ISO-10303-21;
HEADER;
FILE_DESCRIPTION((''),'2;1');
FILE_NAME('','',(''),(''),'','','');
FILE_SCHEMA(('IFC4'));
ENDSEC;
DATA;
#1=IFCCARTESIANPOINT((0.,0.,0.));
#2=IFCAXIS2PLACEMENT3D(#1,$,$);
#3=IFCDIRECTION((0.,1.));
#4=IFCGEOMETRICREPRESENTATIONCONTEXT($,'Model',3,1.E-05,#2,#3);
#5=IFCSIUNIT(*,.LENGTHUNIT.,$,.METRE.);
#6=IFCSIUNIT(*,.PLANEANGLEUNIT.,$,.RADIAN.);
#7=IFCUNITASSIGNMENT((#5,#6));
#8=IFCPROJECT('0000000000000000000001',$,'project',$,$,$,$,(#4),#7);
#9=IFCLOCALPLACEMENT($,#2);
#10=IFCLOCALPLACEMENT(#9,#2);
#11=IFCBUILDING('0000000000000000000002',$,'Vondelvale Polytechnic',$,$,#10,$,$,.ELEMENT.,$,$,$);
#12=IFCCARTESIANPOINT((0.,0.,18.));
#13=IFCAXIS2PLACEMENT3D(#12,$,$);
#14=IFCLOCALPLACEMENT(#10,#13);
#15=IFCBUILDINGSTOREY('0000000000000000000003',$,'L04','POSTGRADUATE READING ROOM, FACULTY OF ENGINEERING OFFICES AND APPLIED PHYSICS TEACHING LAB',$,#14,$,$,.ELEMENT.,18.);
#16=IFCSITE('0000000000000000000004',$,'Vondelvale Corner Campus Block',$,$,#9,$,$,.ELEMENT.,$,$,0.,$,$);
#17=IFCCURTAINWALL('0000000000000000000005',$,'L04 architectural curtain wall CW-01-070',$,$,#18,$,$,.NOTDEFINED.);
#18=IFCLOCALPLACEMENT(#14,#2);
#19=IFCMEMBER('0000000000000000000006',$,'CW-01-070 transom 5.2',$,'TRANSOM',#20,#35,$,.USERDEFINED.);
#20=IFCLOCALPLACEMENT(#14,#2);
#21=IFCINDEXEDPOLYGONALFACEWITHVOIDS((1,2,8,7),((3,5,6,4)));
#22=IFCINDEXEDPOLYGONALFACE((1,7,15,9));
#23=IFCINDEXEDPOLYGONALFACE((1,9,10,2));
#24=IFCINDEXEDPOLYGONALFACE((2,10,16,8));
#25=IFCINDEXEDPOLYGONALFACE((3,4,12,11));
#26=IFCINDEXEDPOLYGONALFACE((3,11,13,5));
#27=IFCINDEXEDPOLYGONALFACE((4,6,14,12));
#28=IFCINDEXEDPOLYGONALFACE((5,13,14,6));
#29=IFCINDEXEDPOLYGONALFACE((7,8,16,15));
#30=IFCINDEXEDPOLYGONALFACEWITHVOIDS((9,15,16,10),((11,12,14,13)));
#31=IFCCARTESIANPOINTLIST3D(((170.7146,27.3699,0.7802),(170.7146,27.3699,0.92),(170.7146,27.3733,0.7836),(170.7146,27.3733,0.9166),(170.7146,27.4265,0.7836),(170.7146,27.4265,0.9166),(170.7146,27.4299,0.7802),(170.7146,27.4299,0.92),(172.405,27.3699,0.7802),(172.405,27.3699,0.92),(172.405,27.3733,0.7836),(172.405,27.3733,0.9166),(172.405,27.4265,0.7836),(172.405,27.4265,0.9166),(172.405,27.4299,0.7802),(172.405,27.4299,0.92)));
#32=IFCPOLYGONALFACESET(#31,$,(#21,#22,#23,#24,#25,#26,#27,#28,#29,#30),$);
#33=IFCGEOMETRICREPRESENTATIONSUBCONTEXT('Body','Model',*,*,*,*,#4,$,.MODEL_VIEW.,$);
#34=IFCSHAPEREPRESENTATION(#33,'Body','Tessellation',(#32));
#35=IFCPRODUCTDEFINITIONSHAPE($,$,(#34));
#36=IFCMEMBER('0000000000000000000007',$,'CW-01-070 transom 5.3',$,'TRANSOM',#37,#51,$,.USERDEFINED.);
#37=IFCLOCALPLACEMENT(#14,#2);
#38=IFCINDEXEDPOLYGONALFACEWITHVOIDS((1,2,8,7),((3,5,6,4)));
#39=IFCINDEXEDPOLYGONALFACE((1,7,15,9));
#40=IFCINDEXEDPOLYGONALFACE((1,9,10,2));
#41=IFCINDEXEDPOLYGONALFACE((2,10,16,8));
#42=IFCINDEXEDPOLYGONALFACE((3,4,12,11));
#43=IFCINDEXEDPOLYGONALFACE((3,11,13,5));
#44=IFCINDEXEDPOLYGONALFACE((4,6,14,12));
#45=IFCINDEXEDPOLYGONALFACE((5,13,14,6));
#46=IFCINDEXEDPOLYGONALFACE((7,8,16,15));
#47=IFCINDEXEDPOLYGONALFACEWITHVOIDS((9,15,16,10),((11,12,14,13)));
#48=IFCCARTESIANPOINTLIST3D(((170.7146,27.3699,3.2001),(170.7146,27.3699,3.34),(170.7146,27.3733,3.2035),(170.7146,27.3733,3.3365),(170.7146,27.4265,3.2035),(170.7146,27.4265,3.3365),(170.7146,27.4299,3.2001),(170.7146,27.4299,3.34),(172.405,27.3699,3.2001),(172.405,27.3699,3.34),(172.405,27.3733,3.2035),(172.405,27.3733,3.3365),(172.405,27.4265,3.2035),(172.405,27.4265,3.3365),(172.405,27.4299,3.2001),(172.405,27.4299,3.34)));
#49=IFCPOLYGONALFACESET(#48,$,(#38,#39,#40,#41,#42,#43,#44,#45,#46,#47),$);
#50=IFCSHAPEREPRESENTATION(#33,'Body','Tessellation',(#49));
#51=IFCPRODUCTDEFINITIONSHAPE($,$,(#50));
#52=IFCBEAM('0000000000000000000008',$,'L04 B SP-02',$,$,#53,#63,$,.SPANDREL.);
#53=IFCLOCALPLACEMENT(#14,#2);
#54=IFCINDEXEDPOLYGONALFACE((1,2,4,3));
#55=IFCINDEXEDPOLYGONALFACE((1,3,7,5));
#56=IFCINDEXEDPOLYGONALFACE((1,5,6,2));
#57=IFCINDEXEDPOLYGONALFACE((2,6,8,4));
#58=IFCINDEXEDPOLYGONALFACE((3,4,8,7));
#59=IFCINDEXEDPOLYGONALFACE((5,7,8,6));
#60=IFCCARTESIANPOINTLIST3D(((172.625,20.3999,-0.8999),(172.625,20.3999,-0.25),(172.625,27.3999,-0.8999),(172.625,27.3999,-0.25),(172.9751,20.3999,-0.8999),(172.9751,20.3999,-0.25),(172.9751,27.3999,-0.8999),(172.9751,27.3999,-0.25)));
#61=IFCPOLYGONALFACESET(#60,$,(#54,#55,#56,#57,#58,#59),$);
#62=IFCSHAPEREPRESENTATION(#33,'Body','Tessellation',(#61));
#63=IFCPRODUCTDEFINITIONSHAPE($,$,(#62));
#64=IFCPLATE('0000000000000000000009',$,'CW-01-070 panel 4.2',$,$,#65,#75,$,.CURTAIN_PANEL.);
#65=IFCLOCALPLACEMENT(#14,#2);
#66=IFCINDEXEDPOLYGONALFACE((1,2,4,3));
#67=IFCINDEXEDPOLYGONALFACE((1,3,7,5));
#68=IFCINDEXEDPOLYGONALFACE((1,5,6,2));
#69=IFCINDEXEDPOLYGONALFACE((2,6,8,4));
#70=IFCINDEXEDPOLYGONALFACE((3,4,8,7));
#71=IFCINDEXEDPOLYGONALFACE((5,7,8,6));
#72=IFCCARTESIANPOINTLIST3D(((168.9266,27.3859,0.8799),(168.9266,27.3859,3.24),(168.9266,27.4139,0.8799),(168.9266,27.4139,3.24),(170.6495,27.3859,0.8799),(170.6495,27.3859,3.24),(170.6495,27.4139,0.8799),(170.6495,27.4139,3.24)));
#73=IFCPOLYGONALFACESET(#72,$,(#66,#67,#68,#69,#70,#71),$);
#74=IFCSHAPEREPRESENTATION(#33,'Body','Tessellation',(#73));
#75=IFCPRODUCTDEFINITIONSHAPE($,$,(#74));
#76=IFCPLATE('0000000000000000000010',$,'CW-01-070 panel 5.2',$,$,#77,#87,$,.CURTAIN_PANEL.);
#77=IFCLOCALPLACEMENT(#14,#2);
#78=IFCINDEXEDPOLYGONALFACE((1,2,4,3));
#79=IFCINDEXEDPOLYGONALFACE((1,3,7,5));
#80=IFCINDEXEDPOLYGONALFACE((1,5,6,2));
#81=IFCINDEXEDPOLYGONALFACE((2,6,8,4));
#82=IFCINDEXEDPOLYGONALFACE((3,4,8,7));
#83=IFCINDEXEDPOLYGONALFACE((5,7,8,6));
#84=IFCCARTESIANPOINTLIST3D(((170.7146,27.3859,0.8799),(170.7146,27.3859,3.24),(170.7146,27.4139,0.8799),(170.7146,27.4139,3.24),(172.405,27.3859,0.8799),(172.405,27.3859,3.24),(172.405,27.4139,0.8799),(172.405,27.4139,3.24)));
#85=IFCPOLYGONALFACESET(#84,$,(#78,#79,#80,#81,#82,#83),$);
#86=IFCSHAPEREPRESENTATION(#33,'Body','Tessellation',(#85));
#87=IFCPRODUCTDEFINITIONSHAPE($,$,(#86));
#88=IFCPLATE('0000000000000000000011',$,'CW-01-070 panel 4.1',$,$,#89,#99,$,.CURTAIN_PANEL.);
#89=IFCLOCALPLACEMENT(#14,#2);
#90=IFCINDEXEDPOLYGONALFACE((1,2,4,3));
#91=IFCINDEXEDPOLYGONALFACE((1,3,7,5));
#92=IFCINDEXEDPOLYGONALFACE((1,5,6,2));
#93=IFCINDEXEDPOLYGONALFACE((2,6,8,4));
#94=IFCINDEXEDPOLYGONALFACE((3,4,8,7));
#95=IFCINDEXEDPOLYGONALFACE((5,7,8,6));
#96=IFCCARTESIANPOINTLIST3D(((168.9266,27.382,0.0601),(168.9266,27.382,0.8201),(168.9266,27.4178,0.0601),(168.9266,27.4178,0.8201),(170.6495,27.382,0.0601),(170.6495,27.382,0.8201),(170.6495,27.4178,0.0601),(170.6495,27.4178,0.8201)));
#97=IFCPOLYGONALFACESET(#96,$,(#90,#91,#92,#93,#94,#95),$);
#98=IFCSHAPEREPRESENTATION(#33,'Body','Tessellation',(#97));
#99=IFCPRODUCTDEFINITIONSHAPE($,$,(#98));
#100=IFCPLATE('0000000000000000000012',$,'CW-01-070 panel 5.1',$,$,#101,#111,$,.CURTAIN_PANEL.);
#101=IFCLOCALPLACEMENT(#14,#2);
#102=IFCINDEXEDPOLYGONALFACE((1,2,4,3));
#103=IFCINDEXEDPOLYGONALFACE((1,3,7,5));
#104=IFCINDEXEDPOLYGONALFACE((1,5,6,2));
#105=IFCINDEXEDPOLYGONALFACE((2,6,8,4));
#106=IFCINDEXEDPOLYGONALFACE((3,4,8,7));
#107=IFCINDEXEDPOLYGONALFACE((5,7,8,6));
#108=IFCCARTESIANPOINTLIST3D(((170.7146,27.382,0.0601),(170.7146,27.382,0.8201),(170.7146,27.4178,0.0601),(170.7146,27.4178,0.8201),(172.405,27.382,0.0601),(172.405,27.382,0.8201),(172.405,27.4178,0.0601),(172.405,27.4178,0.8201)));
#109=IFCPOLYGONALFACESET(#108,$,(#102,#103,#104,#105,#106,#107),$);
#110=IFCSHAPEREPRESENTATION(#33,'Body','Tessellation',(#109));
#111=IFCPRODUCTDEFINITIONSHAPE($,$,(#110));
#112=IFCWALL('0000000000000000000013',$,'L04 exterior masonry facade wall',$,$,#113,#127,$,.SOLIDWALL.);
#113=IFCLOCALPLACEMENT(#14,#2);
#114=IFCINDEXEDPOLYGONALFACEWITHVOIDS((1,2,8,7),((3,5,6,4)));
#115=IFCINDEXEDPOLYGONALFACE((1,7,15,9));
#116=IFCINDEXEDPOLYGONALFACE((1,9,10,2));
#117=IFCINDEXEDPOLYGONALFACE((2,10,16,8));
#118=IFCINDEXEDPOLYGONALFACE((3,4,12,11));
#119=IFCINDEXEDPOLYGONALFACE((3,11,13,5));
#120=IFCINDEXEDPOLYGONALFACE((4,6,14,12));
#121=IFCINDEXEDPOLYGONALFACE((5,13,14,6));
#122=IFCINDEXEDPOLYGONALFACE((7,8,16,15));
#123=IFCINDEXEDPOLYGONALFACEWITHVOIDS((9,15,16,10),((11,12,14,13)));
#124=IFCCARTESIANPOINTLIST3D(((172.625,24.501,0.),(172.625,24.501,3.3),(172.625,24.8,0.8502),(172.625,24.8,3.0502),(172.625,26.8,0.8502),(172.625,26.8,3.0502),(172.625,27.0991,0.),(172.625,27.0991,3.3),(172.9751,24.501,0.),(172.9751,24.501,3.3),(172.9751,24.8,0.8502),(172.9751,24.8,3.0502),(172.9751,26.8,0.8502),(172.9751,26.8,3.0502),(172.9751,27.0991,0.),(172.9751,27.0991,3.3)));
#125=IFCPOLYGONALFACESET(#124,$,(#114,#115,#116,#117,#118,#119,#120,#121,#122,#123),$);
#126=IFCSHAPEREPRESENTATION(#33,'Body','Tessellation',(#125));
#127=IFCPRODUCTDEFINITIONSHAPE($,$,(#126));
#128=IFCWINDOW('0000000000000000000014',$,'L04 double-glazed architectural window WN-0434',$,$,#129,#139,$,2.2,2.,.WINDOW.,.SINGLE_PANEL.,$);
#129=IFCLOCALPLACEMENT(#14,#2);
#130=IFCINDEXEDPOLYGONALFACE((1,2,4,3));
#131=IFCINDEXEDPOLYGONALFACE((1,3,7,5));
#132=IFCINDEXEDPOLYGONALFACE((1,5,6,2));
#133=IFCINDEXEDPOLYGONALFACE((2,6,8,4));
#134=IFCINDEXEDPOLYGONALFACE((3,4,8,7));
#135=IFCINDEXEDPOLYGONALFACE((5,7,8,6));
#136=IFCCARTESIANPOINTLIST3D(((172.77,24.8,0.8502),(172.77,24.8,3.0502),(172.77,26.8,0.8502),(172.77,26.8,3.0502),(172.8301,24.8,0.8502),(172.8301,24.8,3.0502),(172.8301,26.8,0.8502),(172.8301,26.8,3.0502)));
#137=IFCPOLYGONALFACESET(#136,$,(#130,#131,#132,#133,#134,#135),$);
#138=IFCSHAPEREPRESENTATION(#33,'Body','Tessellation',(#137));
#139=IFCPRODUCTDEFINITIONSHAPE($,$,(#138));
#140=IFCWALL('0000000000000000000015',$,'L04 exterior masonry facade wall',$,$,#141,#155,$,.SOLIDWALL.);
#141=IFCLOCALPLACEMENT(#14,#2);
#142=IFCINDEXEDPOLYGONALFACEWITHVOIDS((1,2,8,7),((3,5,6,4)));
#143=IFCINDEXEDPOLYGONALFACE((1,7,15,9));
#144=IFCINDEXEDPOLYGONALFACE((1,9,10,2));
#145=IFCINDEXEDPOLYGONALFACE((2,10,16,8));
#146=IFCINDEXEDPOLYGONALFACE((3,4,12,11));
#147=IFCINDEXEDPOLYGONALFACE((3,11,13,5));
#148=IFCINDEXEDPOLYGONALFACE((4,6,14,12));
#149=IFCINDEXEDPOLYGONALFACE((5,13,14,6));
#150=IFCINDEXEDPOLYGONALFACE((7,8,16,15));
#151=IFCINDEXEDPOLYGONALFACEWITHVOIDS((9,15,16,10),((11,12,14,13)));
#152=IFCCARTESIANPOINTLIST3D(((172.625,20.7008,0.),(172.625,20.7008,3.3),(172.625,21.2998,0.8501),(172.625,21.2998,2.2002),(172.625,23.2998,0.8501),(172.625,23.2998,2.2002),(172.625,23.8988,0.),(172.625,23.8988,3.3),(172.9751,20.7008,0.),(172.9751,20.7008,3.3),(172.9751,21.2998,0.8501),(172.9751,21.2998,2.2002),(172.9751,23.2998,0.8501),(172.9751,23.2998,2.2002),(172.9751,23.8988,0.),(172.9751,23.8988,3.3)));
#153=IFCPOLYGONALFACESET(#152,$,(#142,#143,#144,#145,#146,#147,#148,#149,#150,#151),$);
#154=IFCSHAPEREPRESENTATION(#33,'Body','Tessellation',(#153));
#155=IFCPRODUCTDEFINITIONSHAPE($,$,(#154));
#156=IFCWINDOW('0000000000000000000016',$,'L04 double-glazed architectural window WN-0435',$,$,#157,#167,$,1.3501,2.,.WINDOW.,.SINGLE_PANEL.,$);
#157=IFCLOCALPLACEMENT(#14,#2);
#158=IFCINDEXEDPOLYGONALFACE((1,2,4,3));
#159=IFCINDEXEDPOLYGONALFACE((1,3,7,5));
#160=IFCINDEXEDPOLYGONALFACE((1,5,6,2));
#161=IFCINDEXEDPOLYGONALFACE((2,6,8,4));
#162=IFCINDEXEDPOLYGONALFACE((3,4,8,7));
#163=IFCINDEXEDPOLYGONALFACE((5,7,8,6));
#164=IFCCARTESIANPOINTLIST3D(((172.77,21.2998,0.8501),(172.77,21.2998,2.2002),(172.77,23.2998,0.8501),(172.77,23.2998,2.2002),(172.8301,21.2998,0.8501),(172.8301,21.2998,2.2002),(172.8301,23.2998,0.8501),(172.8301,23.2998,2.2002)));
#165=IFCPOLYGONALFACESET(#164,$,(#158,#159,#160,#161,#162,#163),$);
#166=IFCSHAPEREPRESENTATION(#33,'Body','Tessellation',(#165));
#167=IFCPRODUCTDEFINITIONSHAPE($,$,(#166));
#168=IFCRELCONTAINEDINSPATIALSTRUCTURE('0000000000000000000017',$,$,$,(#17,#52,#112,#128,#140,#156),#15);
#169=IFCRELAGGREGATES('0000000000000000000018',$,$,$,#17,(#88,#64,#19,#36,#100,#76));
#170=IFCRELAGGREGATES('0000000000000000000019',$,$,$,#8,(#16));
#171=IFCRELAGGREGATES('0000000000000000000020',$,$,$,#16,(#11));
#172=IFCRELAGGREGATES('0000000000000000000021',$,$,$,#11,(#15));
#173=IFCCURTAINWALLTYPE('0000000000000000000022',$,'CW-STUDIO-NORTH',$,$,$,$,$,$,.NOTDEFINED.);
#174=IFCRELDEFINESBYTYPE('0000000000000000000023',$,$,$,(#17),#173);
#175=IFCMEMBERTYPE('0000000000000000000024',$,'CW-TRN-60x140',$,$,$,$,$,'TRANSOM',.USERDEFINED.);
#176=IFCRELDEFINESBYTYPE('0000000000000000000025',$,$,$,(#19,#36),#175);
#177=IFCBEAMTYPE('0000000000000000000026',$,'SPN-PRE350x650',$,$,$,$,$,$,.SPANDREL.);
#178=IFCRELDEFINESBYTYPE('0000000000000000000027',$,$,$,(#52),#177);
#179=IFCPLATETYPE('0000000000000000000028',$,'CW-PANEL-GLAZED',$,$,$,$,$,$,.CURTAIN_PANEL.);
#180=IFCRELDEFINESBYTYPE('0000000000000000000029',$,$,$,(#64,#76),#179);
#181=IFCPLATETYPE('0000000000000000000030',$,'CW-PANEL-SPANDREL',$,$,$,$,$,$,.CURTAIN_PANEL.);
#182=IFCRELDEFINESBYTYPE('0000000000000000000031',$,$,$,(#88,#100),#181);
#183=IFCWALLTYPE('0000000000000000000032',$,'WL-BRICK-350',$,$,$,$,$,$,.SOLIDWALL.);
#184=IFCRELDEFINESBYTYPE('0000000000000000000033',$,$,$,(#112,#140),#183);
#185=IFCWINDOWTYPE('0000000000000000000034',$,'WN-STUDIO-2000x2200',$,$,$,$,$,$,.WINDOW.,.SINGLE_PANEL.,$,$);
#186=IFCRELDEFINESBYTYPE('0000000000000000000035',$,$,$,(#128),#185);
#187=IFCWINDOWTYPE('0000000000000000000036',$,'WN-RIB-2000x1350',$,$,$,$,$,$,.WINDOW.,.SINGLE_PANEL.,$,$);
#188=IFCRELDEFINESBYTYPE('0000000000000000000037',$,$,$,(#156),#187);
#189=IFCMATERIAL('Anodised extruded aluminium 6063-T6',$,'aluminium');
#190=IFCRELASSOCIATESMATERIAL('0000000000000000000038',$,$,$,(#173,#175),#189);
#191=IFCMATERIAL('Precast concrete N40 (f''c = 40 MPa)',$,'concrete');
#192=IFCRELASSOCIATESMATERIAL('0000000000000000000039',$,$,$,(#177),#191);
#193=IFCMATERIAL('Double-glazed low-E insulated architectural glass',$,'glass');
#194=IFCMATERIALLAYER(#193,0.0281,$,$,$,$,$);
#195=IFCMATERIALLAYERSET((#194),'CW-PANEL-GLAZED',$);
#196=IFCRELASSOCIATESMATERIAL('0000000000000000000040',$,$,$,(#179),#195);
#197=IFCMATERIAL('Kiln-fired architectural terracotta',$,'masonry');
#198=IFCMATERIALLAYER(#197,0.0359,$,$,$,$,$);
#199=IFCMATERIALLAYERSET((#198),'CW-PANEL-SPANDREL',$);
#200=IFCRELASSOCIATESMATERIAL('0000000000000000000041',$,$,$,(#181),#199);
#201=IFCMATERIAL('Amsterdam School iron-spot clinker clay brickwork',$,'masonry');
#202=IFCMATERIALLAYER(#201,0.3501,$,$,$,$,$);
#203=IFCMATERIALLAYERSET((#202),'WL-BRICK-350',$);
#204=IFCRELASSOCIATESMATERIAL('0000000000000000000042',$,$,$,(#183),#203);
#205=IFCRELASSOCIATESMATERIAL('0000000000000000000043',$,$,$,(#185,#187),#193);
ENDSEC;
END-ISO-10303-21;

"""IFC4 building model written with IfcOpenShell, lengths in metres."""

from ifc_helpers import new_model, si_unit, direction, frame, frame_2d, origin, origin_2d, place, context, subcontext, project, spatial, rectangle, hollow_rectangle, extrude, material, layer, layer_set, material_profile, profile_set, type_object, element, fill, aggregate, save


model = new_model("IFC4")

# Units and contexts
model_context = context("Model", 3, precision=1e-05, world=origin(), true_north=direction((0.0, 1.0)))
body_context = subcontext(model_context, "Body", "Model", "MODEL_VIEW")
ifc_project = project(units=[si_unit("LENGTHUNIT", "METRE"), si_unit("PLANEANGLEUNIT", "RADIAN")], contexts=[model_context])

# Site, building, storey
site_placement = place(None, origin())
site = spatial("IfcSite", under=ifc_project, at=site_placement, Name="Vondelvale Corner Campus Block", CompositionType="ELEMENT", RefElevation=0.0)
building_placement = place(site_placement, origin())
building = spatial("IfcBuilding", under=site, at=building_placement, Name="Vondelvale Polytechnic", CompositionType="ELEMENT")
storey_placement = place(building_placement, frame((0.0, 0.0, 18.0)))
storey = spatial("IfcBuildingStorey", under=building, at=storey_placement, Name="L04", Description="POSTGRADUATE READING ROOM, FACULTY OF ENGINEERING OFFICES AND APPLIED PHYSICS TEACHING LAB", CompositionType="ELEMENT", Elevation=18.0)

# Curtain wall, members
ifc_material_1 = material(Name="Anodised extruded aluminium 6063-T6", Category="aluminium")
curtain_wall_type = type_object("IfcCurtainWallType", Name="CW-STUDIO-NORTH", PredefinedType="NOTDEFINED", material=ifc_material_1)
curtain_wall_placement = place(storey_placement, origin())
curtain_wall = element("IfcCurtainWall", 1, at=curtain_wall_placement, inside=storey, type_object=curtain_wall_type, Name="L04 architectural curtain wall CW-01-070", PredefinedType="NOTDEFINED")
ifc_material_profile_1 = material_profile(ifc_material_1, hollow_rectangle(XDim=0.0601, YDim=0.1399, WallThickness=0.0034, at=origin_2d()), Name="CW-TRN-140x60")
ifc_profile_set_1 = profile_set([ifc_material_profile_1], Name="Anodised extruded aluminium 6063-T6")
member_type_1 = type_object("IfcMemberType", Name="CW-TRN-60x140", ElementType="TRANSOM", PredefinedType="USERDEFINED", material=ifc_profile_set_1)
member_1_placement = place(storey_placement, frame((170.7146, 27.3999, 0.8501), z_axis=(1.0, 0.0, 0.0), x_axis=(0.0, 1.0, 0.0)))
member_1 = element("IfcMember", 2, at=member_1_placement, type_object=member_type_1, Name="CW-01-070 transom 5.2", ObjectType="TRANSOM", PredefinedType="USERDEFINED", context=body_context, shape_type="SweptSolid", body=[
    extrude(hollow_rectangle(XDim=0.0601, YDim=0.1399, WallThickness=0.0034, at=origin_2d()), origin(), (0.0, 0.0, 1.0), 1.6904),
])
member_2_placement = place(storey_placement, frame((170.7146, 27.3999, 3.27), z_axis=(1.0, 0.0, 0.0), x_axis=(0.0, 1.0, 0.0)))
member_2 = element("IfcMember", 3, at=member_2_placement, type_object=member_type_1, Name="CW-01-070 transom 5.3", ObjectType="TRANSOM", PredefinedType="USERDEFINED", context=body_context, shape_type="SweptSolid", body=[
    extrude(hollow_rectangle(XDim=0.0601, YDim=0.1399, WallThickness=0.0034, at=origin_2d()), origin(), (0.0, 0.0, 1.0), 1.6904),
])

# Beam
ifc_material_2 = material(Name="Precast concrete N40 (f'c = 40 MPa)", Category="concrete")
ifc_material_profile_2 = material_profile(ifc_material_2, rectangle(XDim=0.3501, YDim=0.6499, at=origin_2d()), Name="RC-SPN-350x650")
ifc_profile_set_2 = profile_set([ifc_material_profile_2], Name="Precast concrete N40 (f'c = 40 MPa)")
beam_type_1 = type_object("IfcBeamType", Name="SPN-PRE350x650", PredefinedType="SPANDREL", material=ifc_profile_set_2)
beam_1_placement = place(storey_placement, frame((172.8, 20.3999, -0.575), z_axis=(0.0, 1.0, 0.0), x_axis=(-1.0, 0.0, 0.0)))
element("IfcBeam", 4, at=beam_1_placement, inside=storey, type_object=beam_type_1, Name="L04 B SP-02", PredefinedType="SPANDREL", context=body_context, shape_type="SweptSolid", body=[
    extrude(rectangle(XDim=0.3501, YDim=0.6499, at=origin_2d()), origin(), (0.0, 0.0, 1.0), 7.0),
])

# Plates
ifc_material_3 = material(Name="Double-glazed low-E insulated architectural glass", Category="glass")
ifc_layer_1 = layer(ifc_material_3, 0.0281)
ifc_layer_set_1 = layer_set([ifc_layer_1], Name="CW-PANEL-GLAZED")
plate_type_1 = type_object("IfcPlateType", Name="CW-PANEL-GLAZED", PredefinedType="CURTAIN_PANEL", material=ifc_layer_set_1)
plate_1_placement = place(storey_placement, frame((169.7881, 27.3999, 0.8799), z_axis=(0.0, 0.0, 1.0), x_axis=(1.0, 0.0, 0.0)))
plate_1 = element("IfcPlate", 5, at=plate_1_placement, type_object=plate_type_1, Name="CW-01-070 panel 4.2", PredefinedType="CURTAIN_PANEL", context=body_context, shape_type="SweptSolid", body=[
    extrude(rectangle(XDim=1.7229, YDim=0.0281, at=origin_2d()), origin(), (0.0, 0.0, 1.0), 2.3601),
])
plate_2_placement = place(storey_placement, frame((171.5598, 27.3999, 0.8799), z_axis=(0.0, 0.0, 1.0), x_axis=(1.0, 0.0, 0.0)))
plate_2 = element("IfcPlate", 6, at=plate_2_placement, type_object=plate_type_1, Name="CW-01-070 panel 5.2", PredefinedType="CURTAIN_PANEL", context=body_context, shape_type="SweptSolid", body=[
    extrude(rectangle(XDim=1.6904, YDim=0.0281, at=origin_2d()), origin(), (0.0, 0.0, 1.0), 2.3601),
])
ifc_material_4 = material(Name="Kiln-fired architectural terracotta", Category="masonry")
ifc_layer_2 = layer(ifc_material_4, 0.0359)
ifc_layer_set_2 = layer_set([ifc_layer_2], Name="CW-PANEL-SPANDREL")
plate_type_2 = type_object("IfcPlateType", Name="CW-PANEL-SPANDREL", PredefinedType="CURTAIN_PANEL", material=ifc_layer_set_2)
plate_3_placement = place(storey_placement, frame((169.7881, 27.3999, 0.0601), z_axis=(0.0, 0.0, 1.0), x_axis=(1.0, 0.0, 0.0)))
plate_3 = element("IfcPlate", 7, at=plate_3_placement, type_object=plate_type_2, Name="CW-01-070 panel 4.1", PredefinedType="CURTAIN_PANEL", context=body_context, shape_type="SweptSolid", body=[
    extrude(rectangle(XDim=1.7229, YDim=0.0359, at=origin_2d()), origin(), (0.0, 0.0, 1.0), 0.76),
])
plate_4_placement = place(storey_placement, frame((171.5598, 27.3999, 0.0601), z_axis=(0.0, 0.0, 1.0), x_axis=(1.0, 0.0, 0.0)))
plate_4 = element("IfcPlate", 8, at=plate_4_placement, type_object=plate_type_2, Name="CW-01-070 panel 5.1", PredefinedType="CURTAIN_PANEL", context=body_context, shape_type="SweptSolid", body=[
    extrude(rectangle(XDim=1.6904, YDim=0.0359, at=origin_2d()), origin(), (0.0, 0.0, 1.0), 0.76),
])
aggregate(curtain_wall, [plate_3, plate_1, member_1, member_2, plate_4, plate_2])

# Walls, openings, windows
ifc_material_5 = material(Name="Amsterdam School iron-spot clinker clay brickwork", Category="masonry")
ifc_layer_3 = layer(ifc_material_5, 0.3501)
ifc_layer_set_3 = layer_set([ifc_layer_3], Name="WL-BRICK-350")
wall_type = type_object("IfcWallType", Name="WL-BRICK-350", PredefinedType="SOLIDWALL", material=ifc_layer_set_3)
wall_1_placement = place(storey_placement, frame((172.8, 27.0991, 0.0), z_axis=(0.0, 0.0, 1.0), x_axis=(0.0, -1.0, 0.0)))
wall_1 = element("IfcWall", 9, at=wall_1_placement, inside=storey, type_object=wall_type, Name="L04 exterior masonry facade wall", PredefinedType="SOLIDWALL", context=body_context, shape_type="SweptSolid", body=[
    extrude(rectangle(XDim=2.5981, YDim=0.3501, at=frame_2d((1.2991, 0.0))), origin(), (0.0, 0.0, 1.0), 3.3),
])
opening_1_placement = place(wall_1_placement, frame((0.2991, 0.0, 0.8501)))
opening_1 = element("IfcOpeningElement", 10, at=opening_1_placement, cuts=wall_1, PredefinedType="OPENING", context=body_context, shape_type="SweptSolid", body=[
    extrude(rectangle(XDim=2.0, YDim=2.2, at=frame_2d((1.0, 1.1001))), frame((0.0, 0.1851, 0.0), z_axis=(0.0, -1.0, 0.0), x_axis=(1.0, 0.0, 0.0)), (0.0, 0.0, 1.0), 0.3701),
])
window_type_1 = type_object("IfcWindowType", Name="WN-STUDIO-2000x2200", PartitioningType="SINGLE_PANEL", PredefinedType="WINDOW", material=ifc_material_3)
window_1_placement = place(opening_1_placement, origin())
window_1 = element("IfcWindow", 11, at=window_1_placement, inside=storey, type_object=window_type_1, Name="L04 double-glazed architectural window WN-0434", OverallHeight=2.2, OverallWidth=2.0, PartitioningType="SINGLE_PANEL", PredefinedType="WINDOW", context=body_context, shape_type="SweptSolid", body=[
    extrude(rectangle(XDim=2.0, YDim=2.2, at=frame_2d((1.0, 1.1001))), frame((0.0, 0.03, 0.0), z_axis=(0.0, -1.0, 0.0), x_axis=(1.0, 0.0, 0.0)), (0.0, 0.0, 1.0), 0.0601),
])
fill(opening_1, window_1)
wall_2_placement = place(storey_placement, frame((172.8, 23.8989, 0.0), z_axis=(0.0, 0.0, 1.0), x_axis=(0.0, -1.0, 0.0)))
wall_2 = element("IfcWall", 12, at=wall_2_placement, inside=storey, type_object=wall_type, Name="L04 exterior masonry facade wall", PredefinedType="SOLIDWALL", context=body_context, shape_type="SweptSolid", body=[
    extrude(rectangle(XDim=3.198, YDim=0.3501, at=frame_2d((1.5991, 0.0))), origin(), (0.0, 0.0, 1.0), 3.3),
])
opening_2_placement = place(wall_2_placement, frame((0.5991, 0.0, 0.8501)))
opening_2 = element("IfcOpeningElement", 13, at=opening_2_placement, cuts=wall_2, PredefinedType="OPENING", context=body_context, shape_type="SweptSolid", body=[
    extrude(rectangle(XDim=2.0, YDim=1.3501, at=frame_2d((1.0, 0.675))), frame((0.0, 0.1851, 0.0), z_axis=(0.0, -1.0, 0.0), x_axis=(1.0, 0.0, 0.0)), (0.0, 0.0, 1.0), 0.3701),
])
window_type_2 = type_object("IfcWindowType", Name="WN-RIB-2000x1350", PartitioningType="SINGLE_PANEL", PredefinedType="WINDOW", material=ifc_material_3)
window_2_placement = place(opening_2_placement, origin())
window_2 = element("IfcWindow", 14, at=window_2_placement, inside=storey, type_object=window_type_2, Name="L04 double-glazed architectural window WN-0435", OverallHeight=1.3501, OverallWidth=2.0, PartitioningType="SINGLE_PANEL", PredefinedType="WINDOW", context=body_context, shape_type="SweptSolid", body=[
    extrude(rectangle(XDim=2.0, YDim=1.3501, at=frame_2d((1.0, 0.675))), frame((0.0, 0.03, 0.0), z_axis=(0.0, -1.0, 0.0), x_axis=(1.0, 0.0, 0.0)), (0.0, 0.0, 1.0), 0.0601),
])
fill(opening_2, window_2)

save(model, "model.ifc")
